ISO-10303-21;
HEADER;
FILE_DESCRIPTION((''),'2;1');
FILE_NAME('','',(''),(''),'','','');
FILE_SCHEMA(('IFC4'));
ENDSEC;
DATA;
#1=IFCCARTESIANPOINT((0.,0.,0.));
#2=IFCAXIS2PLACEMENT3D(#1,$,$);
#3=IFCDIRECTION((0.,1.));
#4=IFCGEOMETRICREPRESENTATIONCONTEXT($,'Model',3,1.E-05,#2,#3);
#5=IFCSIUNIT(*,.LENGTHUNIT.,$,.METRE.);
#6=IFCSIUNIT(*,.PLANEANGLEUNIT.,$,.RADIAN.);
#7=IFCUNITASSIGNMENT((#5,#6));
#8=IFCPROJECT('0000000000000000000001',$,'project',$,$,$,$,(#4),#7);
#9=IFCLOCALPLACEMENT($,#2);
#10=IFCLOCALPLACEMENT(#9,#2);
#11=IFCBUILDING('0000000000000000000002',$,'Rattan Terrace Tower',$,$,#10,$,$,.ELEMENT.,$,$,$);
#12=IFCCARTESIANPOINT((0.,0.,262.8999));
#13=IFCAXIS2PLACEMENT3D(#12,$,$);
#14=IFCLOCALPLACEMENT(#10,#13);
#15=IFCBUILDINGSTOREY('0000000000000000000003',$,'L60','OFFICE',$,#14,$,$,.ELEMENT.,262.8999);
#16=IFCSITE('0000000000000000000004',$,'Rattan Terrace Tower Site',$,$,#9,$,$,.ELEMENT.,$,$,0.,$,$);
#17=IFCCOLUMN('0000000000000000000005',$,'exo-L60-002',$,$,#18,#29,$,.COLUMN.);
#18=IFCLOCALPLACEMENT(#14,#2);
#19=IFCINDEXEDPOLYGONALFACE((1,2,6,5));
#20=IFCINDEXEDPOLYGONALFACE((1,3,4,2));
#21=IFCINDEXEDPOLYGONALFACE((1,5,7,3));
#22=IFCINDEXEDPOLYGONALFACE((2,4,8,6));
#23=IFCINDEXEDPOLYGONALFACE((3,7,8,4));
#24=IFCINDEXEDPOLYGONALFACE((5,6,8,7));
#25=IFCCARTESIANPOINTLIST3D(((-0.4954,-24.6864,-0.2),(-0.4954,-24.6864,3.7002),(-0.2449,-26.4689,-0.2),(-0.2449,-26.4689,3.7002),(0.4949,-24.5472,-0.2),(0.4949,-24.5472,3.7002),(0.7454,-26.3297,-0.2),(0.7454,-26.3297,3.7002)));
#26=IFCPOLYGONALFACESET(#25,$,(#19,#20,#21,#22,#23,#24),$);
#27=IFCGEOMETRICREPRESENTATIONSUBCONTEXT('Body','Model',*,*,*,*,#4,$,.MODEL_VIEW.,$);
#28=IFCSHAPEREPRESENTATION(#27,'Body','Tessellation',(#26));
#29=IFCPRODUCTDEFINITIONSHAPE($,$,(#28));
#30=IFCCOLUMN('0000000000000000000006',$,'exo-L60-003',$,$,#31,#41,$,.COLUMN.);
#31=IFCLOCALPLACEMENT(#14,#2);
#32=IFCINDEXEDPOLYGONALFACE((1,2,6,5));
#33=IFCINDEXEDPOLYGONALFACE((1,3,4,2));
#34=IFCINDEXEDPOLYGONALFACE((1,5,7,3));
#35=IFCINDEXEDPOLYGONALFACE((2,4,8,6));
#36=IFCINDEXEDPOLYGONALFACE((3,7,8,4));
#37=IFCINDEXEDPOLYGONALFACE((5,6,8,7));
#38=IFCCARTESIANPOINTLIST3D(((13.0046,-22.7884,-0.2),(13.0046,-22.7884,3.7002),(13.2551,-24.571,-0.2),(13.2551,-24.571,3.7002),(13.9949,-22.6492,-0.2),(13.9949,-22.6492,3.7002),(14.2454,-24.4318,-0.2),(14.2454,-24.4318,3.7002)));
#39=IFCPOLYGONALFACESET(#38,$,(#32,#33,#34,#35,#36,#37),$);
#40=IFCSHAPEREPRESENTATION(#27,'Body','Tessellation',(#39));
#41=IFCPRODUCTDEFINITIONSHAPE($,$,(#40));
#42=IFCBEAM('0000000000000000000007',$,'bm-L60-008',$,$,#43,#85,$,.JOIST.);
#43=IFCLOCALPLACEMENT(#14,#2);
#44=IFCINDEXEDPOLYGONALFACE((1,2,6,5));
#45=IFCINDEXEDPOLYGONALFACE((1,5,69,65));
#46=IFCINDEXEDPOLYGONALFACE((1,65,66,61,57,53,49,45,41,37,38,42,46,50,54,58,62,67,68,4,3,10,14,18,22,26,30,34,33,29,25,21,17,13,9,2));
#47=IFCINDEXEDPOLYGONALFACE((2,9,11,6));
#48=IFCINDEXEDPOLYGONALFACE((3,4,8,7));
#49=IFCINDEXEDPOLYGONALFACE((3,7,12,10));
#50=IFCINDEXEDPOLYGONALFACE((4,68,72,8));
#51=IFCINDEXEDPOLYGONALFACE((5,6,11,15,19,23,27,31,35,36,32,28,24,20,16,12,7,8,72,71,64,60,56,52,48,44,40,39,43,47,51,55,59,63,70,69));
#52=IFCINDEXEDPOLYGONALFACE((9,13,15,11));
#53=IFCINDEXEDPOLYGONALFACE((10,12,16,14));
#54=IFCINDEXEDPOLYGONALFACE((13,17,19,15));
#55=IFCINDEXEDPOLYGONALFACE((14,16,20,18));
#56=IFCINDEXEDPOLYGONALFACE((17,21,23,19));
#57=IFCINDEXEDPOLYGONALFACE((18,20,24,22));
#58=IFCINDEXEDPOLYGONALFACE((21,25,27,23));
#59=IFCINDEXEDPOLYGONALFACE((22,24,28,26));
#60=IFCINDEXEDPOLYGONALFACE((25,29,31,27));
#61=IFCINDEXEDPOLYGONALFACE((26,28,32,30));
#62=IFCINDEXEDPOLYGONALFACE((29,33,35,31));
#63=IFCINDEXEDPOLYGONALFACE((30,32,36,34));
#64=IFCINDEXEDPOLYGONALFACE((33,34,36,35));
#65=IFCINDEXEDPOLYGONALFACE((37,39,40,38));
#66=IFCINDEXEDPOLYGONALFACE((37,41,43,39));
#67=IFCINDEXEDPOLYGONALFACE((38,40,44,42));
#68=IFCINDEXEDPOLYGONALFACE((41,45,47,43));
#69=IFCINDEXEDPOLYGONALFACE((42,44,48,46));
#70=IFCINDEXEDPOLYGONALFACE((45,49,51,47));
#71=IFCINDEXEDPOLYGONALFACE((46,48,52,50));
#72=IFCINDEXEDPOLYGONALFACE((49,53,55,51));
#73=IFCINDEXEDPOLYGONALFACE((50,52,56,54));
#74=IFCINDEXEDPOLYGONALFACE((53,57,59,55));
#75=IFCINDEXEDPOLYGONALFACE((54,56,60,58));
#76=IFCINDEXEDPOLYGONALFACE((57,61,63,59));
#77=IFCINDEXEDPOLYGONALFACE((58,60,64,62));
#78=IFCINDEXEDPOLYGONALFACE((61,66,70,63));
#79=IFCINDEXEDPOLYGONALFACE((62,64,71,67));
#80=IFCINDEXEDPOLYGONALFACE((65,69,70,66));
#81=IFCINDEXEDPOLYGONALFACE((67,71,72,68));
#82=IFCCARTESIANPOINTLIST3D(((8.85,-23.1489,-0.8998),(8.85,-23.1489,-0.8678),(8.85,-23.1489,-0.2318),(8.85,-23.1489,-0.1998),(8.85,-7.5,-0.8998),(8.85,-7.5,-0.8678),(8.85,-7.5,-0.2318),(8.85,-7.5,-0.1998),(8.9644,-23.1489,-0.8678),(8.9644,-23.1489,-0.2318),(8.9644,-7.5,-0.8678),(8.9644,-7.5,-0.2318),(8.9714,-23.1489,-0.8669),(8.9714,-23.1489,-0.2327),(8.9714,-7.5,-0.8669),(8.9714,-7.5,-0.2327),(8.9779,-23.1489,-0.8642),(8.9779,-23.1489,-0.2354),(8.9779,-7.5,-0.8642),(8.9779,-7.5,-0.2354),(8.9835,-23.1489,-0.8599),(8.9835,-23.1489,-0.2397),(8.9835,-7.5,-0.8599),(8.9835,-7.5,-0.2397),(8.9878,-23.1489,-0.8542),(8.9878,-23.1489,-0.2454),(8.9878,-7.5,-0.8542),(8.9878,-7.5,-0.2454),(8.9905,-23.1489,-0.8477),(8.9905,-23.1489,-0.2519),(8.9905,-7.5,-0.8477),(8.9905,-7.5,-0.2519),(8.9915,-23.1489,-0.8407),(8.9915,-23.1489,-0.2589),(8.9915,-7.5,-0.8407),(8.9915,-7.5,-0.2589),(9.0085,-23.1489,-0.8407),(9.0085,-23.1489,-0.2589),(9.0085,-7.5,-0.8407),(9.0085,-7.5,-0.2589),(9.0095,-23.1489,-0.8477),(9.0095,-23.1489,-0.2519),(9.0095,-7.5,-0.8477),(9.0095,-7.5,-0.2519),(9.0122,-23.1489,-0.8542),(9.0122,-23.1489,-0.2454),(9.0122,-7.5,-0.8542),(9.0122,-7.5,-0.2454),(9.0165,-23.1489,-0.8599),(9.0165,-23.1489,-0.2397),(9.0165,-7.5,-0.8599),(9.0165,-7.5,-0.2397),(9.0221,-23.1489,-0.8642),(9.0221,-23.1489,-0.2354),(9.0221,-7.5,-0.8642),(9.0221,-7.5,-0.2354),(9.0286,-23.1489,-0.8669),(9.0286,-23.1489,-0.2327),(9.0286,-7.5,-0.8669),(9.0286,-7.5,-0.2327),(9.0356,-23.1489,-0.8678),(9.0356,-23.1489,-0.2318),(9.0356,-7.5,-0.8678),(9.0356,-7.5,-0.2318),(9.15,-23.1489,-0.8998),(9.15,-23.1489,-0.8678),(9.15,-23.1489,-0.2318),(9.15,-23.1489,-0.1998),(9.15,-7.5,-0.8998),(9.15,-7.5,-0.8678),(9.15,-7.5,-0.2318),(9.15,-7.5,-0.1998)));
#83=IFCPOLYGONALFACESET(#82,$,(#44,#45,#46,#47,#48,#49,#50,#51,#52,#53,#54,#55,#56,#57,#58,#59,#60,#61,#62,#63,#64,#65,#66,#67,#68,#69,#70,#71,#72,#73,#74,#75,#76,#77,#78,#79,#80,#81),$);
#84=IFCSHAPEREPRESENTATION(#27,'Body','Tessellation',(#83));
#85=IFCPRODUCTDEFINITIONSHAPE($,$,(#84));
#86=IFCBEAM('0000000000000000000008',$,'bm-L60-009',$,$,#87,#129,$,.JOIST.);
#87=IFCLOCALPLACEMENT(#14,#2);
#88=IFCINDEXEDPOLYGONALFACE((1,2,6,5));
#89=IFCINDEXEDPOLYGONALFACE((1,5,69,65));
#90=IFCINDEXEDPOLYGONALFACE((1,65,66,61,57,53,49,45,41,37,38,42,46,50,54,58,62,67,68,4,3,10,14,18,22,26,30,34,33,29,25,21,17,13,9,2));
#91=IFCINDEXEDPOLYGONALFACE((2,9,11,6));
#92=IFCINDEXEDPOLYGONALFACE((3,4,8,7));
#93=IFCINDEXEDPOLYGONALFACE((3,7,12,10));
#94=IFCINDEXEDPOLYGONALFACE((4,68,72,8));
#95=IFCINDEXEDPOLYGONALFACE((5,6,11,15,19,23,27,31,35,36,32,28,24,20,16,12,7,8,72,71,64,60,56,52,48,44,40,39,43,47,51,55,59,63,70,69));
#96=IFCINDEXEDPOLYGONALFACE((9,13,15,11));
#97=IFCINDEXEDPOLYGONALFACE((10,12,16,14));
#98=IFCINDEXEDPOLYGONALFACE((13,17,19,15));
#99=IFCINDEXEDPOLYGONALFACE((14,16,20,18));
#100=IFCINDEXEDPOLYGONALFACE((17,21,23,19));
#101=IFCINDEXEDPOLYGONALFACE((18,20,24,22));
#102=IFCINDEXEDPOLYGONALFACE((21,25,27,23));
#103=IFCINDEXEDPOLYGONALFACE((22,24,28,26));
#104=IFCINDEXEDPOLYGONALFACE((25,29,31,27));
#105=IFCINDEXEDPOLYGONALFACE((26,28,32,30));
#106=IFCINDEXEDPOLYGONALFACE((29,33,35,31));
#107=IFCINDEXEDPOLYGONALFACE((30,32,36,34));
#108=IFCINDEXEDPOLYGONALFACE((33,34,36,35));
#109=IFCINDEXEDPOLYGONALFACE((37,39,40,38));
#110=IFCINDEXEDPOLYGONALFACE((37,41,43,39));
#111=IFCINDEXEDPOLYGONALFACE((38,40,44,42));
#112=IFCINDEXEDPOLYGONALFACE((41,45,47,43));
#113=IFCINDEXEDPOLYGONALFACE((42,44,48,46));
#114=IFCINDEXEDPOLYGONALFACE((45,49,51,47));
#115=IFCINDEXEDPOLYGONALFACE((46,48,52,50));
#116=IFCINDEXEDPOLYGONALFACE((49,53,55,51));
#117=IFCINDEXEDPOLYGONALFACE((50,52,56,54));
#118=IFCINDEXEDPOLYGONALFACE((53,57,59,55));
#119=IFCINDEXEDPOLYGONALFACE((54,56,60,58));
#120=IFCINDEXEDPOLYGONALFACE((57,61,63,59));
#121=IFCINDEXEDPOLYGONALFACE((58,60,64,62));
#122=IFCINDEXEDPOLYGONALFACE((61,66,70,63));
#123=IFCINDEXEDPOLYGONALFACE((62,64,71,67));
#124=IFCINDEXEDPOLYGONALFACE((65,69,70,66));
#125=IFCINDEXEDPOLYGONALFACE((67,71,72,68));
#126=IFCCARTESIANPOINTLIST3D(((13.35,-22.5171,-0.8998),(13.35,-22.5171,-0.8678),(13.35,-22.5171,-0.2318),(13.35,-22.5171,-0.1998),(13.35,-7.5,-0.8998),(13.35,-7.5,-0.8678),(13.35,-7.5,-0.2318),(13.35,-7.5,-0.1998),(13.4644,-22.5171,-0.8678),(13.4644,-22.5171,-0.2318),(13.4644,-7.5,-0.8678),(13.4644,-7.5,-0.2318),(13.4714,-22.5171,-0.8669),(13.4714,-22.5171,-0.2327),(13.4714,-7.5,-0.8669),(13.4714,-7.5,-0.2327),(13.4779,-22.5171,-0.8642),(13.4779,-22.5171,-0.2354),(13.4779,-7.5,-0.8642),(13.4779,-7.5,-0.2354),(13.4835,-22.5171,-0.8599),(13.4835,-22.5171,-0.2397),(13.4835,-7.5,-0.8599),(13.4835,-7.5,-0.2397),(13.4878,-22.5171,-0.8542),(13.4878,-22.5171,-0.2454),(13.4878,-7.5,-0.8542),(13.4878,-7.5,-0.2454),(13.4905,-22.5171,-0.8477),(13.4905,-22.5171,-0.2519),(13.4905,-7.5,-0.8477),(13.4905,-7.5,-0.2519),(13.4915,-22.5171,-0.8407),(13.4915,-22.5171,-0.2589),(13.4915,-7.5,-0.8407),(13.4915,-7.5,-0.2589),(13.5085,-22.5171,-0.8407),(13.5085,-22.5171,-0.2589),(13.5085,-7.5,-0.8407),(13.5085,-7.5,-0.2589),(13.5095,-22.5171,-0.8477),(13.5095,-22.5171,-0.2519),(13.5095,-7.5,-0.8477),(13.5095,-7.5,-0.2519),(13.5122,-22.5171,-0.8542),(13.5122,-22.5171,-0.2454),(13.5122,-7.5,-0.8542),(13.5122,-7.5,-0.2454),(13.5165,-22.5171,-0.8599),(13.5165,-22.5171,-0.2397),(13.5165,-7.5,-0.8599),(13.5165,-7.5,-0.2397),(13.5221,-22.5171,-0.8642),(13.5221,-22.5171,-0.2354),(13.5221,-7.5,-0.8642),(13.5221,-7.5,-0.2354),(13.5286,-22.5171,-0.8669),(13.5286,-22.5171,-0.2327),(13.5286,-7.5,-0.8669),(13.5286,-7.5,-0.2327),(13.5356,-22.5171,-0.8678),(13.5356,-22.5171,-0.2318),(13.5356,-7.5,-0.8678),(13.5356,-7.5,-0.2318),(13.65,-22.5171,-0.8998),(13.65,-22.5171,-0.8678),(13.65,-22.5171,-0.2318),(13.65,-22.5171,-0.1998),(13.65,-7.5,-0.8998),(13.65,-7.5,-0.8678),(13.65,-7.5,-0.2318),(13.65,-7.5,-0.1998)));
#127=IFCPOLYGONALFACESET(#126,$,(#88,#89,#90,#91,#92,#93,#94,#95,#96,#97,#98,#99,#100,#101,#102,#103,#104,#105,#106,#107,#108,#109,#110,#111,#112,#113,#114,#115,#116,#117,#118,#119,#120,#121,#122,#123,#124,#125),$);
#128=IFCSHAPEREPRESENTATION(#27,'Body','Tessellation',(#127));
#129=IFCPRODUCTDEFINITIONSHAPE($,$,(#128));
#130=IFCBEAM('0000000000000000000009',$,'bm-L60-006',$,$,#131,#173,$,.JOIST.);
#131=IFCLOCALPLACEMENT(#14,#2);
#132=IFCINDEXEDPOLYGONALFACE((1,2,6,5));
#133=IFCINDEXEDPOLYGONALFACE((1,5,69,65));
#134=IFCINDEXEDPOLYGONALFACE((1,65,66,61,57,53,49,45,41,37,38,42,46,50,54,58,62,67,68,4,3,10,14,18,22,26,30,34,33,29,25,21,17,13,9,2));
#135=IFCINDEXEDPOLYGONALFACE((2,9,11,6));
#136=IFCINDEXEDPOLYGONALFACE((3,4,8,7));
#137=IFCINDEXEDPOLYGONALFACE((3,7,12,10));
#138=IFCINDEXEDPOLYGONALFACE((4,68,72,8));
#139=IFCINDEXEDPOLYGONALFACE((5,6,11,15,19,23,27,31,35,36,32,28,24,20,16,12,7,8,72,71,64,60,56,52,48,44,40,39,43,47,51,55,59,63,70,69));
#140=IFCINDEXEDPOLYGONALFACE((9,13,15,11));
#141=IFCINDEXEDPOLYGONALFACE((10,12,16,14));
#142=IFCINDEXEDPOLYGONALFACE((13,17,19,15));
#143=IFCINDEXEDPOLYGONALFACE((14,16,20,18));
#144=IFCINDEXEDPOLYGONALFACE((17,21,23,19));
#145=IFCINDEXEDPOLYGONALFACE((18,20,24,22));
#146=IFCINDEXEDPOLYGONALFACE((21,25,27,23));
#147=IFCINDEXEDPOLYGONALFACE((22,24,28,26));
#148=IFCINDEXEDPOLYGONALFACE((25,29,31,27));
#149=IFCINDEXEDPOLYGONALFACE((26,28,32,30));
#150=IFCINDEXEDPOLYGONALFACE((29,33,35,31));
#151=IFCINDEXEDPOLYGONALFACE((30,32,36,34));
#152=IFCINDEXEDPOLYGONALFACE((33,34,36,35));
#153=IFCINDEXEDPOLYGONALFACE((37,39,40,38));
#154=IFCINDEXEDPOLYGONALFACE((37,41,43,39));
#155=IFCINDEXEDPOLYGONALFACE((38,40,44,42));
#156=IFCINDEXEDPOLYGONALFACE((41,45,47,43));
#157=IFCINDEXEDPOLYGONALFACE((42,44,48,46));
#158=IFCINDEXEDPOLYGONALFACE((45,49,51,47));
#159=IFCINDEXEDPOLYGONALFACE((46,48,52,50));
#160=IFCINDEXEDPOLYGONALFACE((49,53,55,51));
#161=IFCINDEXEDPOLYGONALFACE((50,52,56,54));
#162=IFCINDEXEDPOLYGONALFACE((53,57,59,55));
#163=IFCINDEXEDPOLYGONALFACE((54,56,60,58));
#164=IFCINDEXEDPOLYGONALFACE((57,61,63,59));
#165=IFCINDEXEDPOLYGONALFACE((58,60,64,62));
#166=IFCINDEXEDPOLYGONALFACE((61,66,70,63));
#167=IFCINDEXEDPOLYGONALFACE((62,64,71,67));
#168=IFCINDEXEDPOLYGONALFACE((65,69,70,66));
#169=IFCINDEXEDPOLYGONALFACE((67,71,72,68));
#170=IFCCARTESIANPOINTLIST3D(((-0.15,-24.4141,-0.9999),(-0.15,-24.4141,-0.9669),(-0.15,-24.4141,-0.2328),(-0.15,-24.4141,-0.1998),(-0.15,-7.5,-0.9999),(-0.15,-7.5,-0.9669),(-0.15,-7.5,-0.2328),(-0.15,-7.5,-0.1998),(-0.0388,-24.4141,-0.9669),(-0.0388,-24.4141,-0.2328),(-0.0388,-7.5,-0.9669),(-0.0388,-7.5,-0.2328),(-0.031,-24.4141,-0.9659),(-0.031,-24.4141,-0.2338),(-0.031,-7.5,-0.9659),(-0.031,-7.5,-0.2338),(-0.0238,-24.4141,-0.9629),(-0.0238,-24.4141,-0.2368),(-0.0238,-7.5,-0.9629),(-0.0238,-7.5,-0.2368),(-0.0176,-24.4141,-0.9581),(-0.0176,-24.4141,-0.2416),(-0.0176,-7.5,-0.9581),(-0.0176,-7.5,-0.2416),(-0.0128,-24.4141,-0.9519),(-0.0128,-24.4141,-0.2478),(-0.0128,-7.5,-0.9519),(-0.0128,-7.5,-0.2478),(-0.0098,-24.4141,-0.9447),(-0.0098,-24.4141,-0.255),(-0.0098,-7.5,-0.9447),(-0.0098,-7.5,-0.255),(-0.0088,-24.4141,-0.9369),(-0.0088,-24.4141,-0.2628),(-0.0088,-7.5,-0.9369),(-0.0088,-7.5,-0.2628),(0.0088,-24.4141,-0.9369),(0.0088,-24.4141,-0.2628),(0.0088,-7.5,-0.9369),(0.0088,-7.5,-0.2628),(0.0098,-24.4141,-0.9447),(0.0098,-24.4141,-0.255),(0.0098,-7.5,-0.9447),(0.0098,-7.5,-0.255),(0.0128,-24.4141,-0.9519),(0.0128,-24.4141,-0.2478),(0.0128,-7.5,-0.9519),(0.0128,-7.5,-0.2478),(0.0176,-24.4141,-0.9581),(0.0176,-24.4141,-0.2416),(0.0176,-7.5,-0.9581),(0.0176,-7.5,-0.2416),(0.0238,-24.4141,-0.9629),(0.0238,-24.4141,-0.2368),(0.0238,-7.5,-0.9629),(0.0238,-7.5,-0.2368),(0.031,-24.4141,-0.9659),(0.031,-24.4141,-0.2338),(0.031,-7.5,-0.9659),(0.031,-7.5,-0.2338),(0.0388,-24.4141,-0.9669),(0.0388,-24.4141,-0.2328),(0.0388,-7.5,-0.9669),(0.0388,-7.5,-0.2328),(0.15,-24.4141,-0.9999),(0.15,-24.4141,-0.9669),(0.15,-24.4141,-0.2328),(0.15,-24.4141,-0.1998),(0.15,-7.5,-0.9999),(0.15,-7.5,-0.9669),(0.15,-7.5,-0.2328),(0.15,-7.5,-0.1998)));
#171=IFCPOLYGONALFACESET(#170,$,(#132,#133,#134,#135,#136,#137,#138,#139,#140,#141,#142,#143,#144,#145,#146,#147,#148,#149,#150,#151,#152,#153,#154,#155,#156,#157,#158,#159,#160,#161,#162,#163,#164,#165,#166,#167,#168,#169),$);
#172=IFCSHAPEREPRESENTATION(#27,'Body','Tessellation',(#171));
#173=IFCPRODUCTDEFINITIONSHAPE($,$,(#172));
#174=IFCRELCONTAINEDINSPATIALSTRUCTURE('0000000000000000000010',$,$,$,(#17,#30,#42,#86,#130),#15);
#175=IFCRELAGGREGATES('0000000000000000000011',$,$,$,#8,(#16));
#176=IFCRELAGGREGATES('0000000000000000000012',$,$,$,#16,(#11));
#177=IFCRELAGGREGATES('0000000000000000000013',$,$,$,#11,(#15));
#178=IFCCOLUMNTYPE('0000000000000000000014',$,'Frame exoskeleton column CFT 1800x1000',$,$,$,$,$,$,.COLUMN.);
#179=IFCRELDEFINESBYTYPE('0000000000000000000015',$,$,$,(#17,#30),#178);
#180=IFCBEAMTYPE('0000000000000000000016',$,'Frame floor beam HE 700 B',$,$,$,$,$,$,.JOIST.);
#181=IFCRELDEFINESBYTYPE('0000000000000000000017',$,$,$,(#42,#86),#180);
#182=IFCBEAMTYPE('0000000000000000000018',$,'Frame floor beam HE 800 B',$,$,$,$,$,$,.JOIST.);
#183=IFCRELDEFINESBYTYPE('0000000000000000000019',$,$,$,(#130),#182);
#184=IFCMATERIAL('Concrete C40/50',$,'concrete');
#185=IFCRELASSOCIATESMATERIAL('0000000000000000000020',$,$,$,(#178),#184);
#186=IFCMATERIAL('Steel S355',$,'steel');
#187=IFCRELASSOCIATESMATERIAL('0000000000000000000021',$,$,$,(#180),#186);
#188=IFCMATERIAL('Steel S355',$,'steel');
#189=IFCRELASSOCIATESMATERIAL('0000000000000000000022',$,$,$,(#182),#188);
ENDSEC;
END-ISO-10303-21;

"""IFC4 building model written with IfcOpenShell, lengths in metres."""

from ifc_helpers import new_model, si_unit, direction, frame, origin, origin_2d, place, context, subcontext, project, spatial, rectangle, i_section, extrude, material, material_profile, profile_set, type_object, element, save


model = new_model("IFC4")

# Units and contexts
model_context = context("Model", 3, precision=1e-05, world=origin(), true_north=direction((0.0, 1.0)))
body_context = subcontext(model_context, "Body", "Model", "MODEL_VIEW")
ifc_project = project(units=[si_unit("LENGTHUNIT", "METRE"), si_unit("PLANEANGLEUNIT", "RADIAN")], contexts=[model_context])

# Site, building, storey
site_placement = place(None, origin())
site = spatial("IfcSite", under=ifc_project, at=site_placement, Name="Rattan Terrace Tower Site", CompositionType="ELEMENT", RefElevation=0.0)
building_placement = place(site_placement, origin())
building = spatial("IfcBuilding", under=site, at=building_placement, Name="Rattan Terrace Tower", CompositionType="ELEMENT")
storey_placement = place(building_placement, frame((0.0, 0.0, 262.8999)))
storey = spatial("IfcBuildingStorey", under=building, at=storey_placement, Name="L60", Description="OFFICE", CompositionType="ELEMENT", Elevation=262.8999)

# Columns
ifc_material_1 = material(Name="Concrete C40/50", Category="concrete")
ifc_material_profile_1 = material_profile(ifc_material_1, rectangle(XDim=1.0, YDim=1.8, at=origin_2d()), Name="CFT 1800x1000")
ifc_profile_set_1 = profile_set([ifc_material_profile_1], Name="Concrete C40/50")
column_type = type_object("IfcColumnType", Name="Frame exoskeleton column CFT 1800x1000", PredefinedType="COLUMN", material=ifc_profile_set_1)
for number, where, z_axis, x_axis, name in (
    (1, (0.125, -25.5081, -0.2), (0.0, 0.0, 1.0), (0.990266, 0.13919, 0.0), "exo-L60-002"),
    (2, (13.625, -23.6101, -0.2), (0.0, 0.0, 1.0), (0.990266, 0.13919, 0.0), "exo-L60-003"),
):
    element("IfcColumn", number, at=place(storey_placement, frame(where, z_axis=z_axis, x_axis=x_axis)), inside=storey, type_object=column_type, Name=name, PredefinedType="COLUMN", context=body_context, shape_type="SweptSolid", body=[
        extrude(rectangle(XDim=1.0, YDim=1.8, at=origin_2d()), origin(), (0.0, 0.0, 1.0), 3.9001),
    ])

# Beams
ifc_material_2 = material(Name="Steel S355", Category="steel")
ifc_material_profile_2 = material_profile(ifc_material_2, i_section(OverallWidth=0.3, OverallDepth=0.7, WebThickness=0.0171, FlangeThickness=0.032, FilletRadius=0.0271, at=origin_2d()), Name="HE 700 B")
ifc_profile_set_2 = profile_set([ifc_material_profile_2], Name="Steel S355")
beam_type_1 = type_object("IfcBeamType", Name="Frame floor beam HE 700 B", PredefinedType="JOIST", material=ifc_profile_set_2)
beam_1_placement = place(storey_placement, frame((9.0, -23.1489, -0.5498), z_axis=(0.0, 1.0, 0.0), x_axis=(-1.0, 0.0, 0.0)))
element("IfcBeam", 3, at=beam_1_placement, inside=storey, type_object=beam_type_1, Name="bm-L60-008", PredefinedType="JOIST", context=body_context, shape_type="SweptSolid", body=[
    extrude(i_section(OverallWidth=0.3, OverallDepth=0.7, WebThickness=0.0171, FlangeThickness=0.032, FilletRadius=0.0271, at=origin_2d()), origin(), (0.0, 0.0, 1.0), 15.6489),
])
beam_2_placement = place(storey_placement, frame((13.5, -22.5171, -0.5498), z_axis=(0.0, 1.0, 0.0), x_axis=(-1.0, 0.0, 0.0)))
element("IfcBeam", 4, at=beam_2_placement, inside=storey, type_object=beam_type_1, Name="bm-L60-009", PredefinedType="JOIST", context=body_context, shape_type="SweptSolid", body=[
    extrude(i_section(OverallWidth=0.3, OverallDepth=0.7, WebThickness=0.0171, FlangeThickness=0.032, FilletRadius=0.0271, at=origin_2d()), origin(), (0.0, 0.0, 1.0), 15.0171),
])
ifc_material_3 = material(Name="Steel S355", Category="steel")
ifc_material_profile_3 = material_profile(ifc_material_3, i_section(OverallWidth=0.3, OverallDepth=0.8, WebThickness=0.0176, FlangeThickness=0.033, FilletRadius=0.03, at=origin_2d()), Name="HE 800 B")
ifc_profile_set_3 = profile_set([ifc_material_profile_3], Name="Steel S355")
beam_type_2 = type_object("IfcBeamType", Name="Frame floor beam HE 800 B", PredefinedType="JOIST", material=ifc_profile_set_3)
beam_3_placement = place(storey_placement, frame((0.0, -24.4141, -0.5999), z_axis=(0.0, 1.0, 0.0), x_axis=(-1.0, 0.0, 0.0)))
element("IfcBeam", 5, at=beam_3_placement, inside=storey, type_object=beam_type_2, Name="bm-L60-006", PredefinedType="JOIST", context=body_context, shape_type="SweptSolid", body=[
    extrude(i_section(OverallWidth=0.3, OverallDepth=0.8, WebThickness=0.0176, FlangeThickness=0.033, FilletRadius=0.03, at=origin_2d()), origin(), (0.0, 0.0, 1.0), 16.9141),
])

save(model, "model.ifc")
